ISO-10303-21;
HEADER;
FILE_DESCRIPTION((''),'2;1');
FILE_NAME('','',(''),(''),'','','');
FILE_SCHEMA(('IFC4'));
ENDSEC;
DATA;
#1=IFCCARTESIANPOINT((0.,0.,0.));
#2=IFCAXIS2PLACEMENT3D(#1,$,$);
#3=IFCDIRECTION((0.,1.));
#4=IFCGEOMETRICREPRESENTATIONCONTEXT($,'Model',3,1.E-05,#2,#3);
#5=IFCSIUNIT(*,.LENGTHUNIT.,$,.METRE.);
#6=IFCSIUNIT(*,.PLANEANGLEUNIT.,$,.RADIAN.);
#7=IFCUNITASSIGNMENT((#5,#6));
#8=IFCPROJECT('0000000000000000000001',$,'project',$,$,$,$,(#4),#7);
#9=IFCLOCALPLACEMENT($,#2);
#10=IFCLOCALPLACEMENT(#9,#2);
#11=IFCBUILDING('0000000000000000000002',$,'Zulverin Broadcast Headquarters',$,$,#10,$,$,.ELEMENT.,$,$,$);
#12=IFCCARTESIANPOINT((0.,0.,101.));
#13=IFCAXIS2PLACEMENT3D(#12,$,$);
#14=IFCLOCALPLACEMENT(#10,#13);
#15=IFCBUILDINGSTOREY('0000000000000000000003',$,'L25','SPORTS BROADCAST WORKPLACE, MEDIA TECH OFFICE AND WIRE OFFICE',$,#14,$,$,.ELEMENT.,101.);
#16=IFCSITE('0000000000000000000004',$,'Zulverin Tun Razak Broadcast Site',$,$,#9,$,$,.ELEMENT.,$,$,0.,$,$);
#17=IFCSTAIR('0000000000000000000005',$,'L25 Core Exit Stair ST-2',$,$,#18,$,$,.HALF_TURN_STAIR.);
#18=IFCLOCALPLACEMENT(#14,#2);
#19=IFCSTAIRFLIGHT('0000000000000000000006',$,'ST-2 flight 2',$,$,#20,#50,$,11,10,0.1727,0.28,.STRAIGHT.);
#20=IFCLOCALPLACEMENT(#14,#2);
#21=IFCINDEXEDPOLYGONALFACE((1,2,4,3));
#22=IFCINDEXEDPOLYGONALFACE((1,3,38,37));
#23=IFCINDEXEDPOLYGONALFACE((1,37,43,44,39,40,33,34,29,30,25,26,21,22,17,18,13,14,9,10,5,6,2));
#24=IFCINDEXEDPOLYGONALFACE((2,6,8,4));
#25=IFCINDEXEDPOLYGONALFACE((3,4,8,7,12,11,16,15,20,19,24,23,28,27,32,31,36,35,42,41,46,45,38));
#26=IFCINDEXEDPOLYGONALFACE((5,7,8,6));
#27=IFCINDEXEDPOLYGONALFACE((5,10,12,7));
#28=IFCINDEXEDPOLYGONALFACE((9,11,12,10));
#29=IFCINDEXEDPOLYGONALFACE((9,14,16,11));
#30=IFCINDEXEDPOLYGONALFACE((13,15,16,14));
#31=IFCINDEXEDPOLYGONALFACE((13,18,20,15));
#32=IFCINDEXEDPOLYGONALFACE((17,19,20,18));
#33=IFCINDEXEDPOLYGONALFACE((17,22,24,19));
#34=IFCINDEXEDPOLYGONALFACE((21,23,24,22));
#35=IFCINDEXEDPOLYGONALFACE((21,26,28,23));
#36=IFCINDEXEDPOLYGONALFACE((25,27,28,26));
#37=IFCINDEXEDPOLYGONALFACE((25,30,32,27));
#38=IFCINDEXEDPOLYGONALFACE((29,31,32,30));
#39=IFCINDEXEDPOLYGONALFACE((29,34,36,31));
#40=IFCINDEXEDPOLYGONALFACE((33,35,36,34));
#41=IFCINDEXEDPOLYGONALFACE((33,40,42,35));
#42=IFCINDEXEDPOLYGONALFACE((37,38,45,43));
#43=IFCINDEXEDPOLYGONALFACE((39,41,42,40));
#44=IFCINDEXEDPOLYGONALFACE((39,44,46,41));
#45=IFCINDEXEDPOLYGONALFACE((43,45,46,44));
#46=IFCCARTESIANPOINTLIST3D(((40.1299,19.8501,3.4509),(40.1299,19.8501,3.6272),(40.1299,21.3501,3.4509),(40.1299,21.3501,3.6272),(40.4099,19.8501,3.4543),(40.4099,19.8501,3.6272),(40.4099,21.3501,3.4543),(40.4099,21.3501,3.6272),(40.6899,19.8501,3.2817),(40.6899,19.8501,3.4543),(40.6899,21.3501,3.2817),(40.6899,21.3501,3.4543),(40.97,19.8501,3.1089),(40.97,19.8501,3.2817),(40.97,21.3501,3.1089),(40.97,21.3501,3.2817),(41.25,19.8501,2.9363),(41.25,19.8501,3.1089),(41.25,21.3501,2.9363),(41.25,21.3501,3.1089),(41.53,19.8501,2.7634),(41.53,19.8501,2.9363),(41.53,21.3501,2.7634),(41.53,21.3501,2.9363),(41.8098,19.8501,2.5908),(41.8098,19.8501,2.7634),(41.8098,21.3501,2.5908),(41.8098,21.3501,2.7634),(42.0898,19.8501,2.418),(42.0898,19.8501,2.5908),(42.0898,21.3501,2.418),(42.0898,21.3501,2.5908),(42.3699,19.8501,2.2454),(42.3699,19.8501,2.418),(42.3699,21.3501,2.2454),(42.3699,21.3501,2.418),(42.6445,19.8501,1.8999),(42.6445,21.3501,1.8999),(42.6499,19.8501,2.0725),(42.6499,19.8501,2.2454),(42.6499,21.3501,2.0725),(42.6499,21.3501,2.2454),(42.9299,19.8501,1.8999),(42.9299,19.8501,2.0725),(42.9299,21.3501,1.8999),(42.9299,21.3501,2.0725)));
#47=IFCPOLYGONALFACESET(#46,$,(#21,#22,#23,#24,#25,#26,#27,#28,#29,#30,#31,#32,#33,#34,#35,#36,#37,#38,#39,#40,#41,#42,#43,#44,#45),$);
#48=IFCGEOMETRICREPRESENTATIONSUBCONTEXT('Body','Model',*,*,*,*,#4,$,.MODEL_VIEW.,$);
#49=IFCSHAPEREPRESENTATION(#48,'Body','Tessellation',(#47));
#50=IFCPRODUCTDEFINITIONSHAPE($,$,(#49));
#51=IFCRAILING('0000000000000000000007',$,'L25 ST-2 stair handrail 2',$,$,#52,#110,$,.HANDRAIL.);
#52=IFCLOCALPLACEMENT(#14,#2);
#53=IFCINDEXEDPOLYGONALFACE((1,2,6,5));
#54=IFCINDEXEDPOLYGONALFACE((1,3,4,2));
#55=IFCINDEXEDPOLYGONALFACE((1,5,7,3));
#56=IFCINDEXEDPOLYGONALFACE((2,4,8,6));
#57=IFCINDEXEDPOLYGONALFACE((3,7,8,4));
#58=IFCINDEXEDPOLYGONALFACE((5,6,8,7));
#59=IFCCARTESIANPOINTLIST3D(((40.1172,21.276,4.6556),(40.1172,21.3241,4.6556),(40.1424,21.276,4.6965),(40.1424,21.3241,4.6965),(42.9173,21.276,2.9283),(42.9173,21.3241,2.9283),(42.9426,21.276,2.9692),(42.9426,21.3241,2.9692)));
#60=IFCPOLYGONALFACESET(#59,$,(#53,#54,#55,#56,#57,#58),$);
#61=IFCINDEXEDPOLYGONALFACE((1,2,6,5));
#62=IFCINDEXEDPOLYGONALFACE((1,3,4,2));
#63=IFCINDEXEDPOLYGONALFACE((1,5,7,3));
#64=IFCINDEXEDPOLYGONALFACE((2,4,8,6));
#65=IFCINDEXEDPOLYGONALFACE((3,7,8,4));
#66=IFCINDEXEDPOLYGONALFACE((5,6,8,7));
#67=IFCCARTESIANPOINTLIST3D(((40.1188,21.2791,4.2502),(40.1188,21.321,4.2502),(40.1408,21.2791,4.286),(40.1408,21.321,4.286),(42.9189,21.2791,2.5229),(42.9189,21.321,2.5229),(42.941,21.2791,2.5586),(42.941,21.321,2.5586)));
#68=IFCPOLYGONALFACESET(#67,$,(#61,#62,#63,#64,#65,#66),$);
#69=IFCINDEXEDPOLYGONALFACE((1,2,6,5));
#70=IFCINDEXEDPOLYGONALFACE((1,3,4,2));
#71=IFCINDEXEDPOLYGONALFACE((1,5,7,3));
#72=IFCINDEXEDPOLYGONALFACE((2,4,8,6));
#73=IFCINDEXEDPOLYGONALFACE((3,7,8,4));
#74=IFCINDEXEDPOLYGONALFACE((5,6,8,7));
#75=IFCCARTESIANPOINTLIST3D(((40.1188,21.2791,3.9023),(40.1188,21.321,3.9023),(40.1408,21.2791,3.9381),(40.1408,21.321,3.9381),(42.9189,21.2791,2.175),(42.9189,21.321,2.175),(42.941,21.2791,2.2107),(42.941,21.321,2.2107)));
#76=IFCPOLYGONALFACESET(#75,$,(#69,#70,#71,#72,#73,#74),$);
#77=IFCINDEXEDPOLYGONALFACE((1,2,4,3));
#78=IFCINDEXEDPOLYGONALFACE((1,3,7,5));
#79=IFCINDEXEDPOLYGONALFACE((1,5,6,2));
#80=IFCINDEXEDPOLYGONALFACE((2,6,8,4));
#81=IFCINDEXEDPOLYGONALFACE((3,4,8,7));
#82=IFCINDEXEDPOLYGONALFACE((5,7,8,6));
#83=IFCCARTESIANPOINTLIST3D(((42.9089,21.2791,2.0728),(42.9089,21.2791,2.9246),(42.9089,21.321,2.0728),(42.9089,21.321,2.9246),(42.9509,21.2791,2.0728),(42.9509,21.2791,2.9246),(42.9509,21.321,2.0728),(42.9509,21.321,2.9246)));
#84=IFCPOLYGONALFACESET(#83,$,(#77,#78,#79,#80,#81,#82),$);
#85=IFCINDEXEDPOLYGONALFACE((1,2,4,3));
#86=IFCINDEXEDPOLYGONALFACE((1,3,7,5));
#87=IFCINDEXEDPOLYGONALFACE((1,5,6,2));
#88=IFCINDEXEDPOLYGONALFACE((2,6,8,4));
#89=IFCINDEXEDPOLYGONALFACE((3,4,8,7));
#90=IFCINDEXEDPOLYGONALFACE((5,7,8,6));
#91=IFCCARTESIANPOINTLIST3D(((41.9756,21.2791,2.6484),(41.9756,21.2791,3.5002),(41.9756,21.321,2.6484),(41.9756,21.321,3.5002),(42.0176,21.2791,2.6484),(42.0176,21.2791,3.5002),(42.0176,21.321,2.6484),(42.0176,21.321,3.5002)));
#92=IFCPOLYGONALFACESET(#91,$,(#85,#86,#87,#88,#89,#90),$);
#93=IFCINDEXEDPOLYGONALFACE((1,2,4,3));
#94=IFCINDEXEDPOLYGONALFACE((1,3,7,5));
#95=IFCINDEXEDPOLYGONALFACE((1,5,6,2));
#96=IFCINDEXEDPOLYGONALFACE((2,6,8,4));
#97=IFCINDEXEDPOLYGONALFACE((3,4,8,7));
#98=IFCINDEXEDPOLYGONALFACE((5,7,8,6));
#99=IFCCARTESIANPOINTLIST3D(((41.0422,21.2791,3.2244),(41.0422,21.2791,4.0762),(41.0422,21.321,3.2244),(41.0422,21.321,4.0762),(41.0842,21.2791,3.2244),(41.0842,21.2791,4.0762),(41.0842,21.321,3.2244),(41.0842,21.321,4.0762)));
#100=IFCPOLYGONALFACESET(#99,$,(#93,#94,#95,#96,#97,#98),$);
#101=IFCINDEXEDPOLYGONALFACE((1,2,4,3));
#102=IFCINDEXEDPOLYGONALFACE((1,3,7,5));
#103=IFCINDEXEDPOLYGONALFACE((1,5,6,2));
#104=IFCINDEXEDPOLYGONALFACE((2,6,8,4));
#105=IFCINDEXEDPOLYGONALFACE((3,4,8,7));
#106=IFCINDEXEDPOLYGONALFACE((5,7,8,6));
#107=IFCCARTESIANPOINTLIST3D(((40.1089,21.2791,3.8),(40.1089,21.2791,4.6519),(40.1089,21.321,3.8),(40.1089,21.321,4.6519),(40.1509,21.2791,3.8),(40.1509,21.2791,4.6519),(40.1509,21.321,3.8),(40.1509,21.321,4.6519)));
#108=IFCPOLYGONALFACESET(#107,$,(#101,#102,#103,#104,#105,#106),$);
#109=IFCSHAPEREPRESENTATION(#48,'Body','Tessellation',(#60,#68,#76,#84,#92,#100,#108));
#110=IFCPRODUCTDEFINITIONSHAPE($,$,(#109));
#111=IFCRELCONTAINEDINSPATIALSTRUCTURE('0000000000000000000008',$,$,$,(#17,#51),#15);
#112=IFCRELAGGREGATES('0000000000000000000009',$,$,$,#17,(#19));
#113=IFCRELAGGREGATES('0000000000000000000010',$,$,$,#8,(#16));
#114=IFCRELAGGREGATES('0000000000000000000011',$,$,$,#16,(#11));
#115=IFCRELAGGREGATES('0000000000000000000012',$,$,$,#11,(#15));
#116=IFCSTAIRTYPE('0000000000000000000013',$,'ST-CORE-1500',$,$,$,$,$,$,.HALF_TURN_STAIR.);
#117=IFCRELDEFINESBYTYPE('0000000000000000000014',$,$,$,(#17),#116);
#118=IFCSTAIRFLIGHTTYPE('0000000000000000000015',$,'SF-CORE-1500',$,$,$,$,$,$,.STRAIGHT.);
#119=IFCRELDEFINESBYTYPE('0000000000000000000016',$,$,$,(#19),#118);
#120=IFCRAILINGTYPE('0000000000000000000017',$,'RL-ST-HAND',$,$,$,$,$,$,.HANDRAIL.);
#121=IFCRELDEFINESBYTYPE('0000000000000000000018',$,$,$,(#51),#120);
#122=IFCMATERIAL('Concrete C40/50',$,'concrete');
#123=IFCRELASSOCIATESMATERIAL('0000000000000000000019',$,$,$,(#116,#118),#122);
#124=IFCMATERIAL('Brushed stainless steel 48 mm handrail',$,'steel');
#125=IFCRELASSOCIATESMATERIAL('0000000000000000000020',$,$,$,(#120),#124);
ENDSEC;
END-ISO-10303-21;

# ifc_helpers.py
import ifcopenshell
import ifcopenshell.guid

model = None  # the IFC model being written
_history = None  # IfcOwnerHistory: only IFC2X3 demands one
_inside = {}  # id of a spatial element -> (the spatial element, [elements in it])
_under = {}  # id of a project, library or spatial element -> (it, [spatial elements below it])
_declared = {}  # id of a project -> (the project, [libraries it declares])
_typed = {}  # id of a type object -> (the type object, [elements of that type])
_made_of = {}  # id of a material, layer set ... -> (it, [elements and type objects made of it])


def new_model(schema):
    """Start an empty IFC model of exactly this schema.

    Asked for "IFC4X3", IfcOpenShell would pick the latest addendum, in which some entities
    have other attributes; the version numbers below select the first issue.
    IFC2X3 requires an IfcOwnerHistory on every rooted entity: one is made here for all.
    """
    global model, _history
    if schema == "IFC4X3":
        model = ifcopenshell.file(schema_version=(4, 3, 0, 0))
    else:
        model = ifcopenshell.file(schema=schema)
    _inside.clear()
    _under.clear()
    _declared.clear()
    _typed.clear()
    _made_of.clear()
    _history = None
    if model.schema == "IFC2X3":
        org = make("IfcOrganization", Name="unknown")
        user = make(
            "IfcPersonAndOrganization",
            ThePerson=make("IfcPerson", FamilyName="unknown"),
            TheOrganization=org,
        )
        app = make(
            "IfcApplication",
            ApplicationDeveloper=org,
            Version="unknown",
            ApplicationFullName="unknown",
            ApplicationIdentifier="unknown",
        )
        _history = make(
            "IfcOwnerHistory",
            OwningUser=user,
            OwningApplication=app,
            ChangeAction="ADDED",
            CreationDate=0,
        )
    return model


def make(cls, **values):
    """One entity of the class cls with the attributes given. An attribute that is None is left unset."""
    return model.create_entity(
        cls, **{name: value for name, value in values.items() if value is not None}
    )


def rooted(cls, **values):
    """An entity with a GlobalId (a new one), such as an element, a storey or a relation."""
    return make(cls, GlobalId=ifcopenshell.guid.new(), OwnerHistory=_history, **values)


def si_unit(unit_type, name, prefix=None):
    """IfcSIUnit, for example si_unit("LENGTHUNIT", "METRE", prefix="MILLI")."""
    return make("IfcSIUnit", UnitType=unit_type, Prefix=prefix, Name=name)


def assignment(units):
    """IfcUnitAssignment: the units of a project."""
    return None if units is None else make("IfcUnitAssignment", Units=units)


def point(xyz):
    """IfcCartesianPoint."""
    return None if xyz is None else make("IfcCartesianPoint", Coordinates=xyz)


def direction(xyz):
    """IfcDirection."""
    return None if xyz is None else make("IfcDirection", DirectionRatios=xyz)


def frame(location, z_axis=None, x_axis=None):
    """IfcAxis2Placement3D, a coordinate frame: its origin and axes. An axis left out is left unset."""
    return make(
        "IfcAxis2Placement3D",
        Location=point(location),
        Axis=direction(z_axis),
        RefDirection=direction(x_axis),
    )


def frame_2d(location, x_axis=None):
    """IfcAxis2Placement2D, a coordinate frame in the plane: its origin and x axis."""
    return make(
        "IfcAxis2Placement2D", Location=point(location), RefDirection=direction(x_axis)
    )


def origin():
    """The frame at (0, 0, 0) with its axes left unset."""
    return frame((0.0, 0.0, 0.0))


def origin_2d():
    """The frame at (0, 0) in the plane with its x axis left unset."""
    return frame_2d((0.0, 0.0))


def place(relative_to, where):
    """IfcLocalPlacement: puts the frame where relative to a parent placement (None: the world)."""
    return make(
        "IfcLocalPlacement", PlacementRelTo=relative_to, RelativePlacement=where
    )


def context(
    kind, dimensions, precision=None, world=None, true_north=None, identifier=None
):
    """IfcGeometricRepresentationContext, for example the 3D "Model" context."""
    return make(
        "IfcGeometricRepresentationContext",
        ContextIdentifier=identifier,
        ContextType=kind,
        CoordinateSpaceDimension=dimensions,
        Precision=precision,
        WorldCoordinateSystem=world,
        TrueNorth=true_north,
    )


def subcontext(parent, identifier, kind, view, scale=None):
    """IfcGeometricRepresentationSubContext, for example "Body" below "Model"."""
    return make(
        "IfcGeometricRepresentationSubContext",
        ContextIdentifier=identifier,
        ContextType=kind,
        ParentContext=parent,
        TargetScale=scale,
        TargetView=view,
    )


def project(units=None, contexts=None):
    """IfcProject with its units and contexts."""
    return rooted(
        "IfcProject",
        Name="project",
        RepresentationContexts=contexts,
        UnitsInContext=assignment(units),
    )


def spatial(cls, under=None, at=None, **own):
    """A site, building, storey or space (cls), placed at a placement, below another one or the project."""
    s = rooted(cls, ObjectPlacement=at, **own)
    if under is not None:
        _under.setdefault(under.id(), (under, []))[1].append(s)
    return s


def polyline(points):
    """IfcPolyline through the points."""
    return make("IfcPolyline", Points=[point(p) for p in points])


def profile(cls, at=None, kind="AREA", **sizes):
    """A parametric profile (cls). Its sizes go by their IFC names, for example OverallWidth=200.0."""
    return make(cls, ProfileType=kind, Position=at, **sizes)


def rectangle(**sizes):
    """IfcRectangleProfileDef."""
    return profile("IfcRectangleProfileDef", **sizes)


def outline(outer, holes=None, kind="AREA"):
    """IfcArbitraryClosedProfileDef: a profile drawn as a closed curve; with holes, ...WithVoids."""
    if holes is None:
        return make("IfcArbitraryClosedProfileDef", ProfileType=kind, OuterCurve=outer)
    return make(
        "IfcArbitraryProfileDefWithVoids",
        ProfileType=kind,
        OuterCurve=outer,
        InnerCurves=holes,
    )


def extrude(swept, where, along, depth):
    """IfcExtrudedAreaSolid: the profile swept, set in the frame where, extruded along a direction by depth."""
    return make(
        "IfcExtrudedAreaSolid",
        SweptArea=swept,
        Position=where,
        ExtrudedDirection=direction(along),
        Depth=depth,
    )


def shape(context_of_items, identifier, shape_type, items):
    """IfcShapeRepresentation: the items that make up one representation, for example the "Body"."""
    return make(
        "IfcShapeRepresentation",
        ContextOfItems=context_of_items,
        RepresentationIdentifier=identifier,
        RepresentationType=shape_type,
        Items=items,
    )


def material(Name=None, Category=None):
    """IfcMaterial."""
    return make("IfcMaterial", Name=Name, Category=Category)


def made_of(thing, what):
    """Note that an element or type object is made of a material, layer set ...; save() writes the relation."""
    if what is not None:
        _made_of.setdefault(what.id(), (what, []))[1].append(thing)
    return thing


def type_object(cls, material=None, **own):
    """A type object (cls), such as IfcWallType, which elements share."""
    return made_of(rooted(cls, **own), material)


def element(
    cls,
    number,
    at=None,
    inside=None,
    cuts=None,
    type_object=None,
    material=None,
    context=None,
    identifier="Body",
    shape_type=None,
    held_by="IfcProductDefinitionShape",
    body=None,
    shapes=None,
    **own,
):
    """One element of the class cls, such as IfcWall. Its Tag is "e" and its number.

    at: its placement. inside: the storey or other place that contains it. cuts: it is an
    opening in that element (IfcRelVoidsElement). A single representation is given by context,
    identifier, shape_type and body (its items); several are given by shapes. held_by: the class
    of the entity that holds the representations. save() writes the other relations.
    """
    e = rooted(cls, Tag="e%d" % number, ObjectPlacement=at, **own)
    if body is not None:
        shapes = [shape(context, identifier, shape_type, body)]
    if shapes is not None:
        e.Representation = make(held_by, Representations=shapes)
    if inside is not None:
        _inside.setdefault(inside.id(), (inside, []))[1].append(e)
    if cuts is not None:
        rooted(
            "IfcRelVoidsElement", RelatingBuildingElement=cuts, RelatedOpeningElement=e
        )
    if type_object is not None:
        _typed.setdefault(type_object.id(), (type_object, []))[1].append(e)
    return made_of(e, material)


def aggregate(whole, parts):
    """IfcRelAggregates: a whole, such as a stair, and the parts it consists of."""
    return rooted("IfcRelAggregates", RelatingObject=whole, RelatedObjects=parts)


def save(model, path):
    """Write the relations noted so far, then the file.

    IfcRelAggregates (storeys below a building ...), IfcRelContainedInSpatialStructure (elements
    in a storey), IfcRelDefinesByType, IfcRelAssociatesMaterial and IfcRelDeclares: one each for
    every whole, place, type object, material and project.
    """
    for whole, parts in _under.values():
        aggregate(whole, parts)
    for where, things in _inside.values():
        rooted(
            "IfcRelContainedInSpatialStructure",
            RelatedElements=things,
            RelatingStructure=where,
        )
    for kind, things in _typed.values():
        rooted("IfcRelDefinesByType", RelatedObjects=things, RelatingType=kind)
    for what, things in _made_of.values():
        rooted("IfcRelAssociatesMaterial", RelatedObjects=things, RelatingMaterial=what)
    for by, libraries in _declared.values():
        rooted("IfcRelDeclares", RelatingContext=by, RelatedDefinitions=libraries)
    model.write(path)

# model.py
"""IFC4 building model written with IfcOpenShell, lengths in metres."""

from ifc_helpers import new_model, si_unit, direction, frame, origin, origin_2d, place, context, subcontext, project, spatial, polyline, rectangle, outline, extrude, material, type_object, element, aggregate, save


model = new_model("IFC4")

# Units and contexts
model_context = context("Model", 3, precision=1e-05, world=origin(), true_north=direction((0.0, 1.0)))
body_context = subcontext(model_context, "Body", "Model", "MODEL_VIEW")
ifc_project = project(units=[si_unit("LENGTHUNIT", "METRE"), si_unit("PLANEANGLEUNIT", "RADIAN")], contexts=[model_context])

# Site, building, storey
site_placement = place(None, origin())
site = spatial("IfcSite", under=ifc_project, at=site_placement, Name="Zulverin Tun Razak Broadcast Site", CompositionType="ELEMENT", RefElevation=0.0)
building_placement = place(site_placement, origin())
building = spatial("IfcBuilding", under=site, at=building_placement, Name="Zulverin Broadcast Headquarters", CompositionType="ELEMENT")
storey_placement = place(building_placement, frame((0.0, 0.0, 101.0)))
storey = spatial("IfcBuildingStorey", under=building, at=storey_placement, Name="L25", Description="SPORTS BROADCAST WORKPLACE, MEDIA TECH OFFICE AND WIRE OFFICE", CompositionType="ELEMENT", Elevation=101.0)

# Shared definitions
ifc_material_1 = material(Name="Concrete C40/50", Category="concrete")

# Stair, stair flight
stair_type = type_object("IfcStairType", Name="ST-CORE-1500", PredefinedType="HALF_TURN_STAIR", material=ifc_material_1)
stair_placement = place(storey_placement, origin())
stair = element("IfcStair", 1, at=stair_placement, inside=storey, type_object=stair_type, Name="L25 Core Exit Stair ST-2", PredefinedType="HALF_TURN_STAIR")
stair_flight_type = type_object("IfcStairFlightType", Name="SF-CORE-1500", PredefinedType="STRAIGHT", material=ifc_material_1)
stair_flight_placement = place(storey_placement, frame((42.9299, 20.6001, 1.8999), z_axis=(0.0, 0.0, 1.0), x_axis=(-1.0, 0.0, 0.0)))
stair_flight = element("IfcStairFlight", 2, at=stair_flight_placement, type_object=stair_flight_type, Name="ST-2 flight 2", NumberOfRisers=11, NumberOfTreads=10, PredefinedType="STRAIGHT", RiserHeight=0.1727, TreadLength=0.28, context=body_context, shape_type="SweptSolid", body=[
    extrude(outline(polyline([(0.0, 0.0), (0.0, 0.1726), (0.28, 0.1726), (0.28, 0.3455), (0.5601, 0.3455), (0.5601, 0.5181), (0.8401, 0.5181), (0.8401, 0.6909), (1.1201, 0.6909), (1.1201, 0.8635), (1.3999, 0.8635), (1.3999, 1.0364), (1.6799, 1.0364), (1.6799, 1.209), (1.96, 1.209), (1.96, 1.3818), (2.24, 1.3818), (2.24, 1.5544), (2.52, 1.5544), (2.52, 1.7273), (2.8, 1.7273), (2.8, 1.8999), (2.8, 1.551), (0.2854, 0.0), (0.0, 0.0)])), frame((0.0, 0.75, 0.0), z_axis=(0.0, -1.0, 0.0), x_axis=(1.0, 0.0, 0.0)), (0.0, 0.0, 1.0), 1.5),
])
aggregate(stair, [stair_flight])

# Railing
ifc_material_2 = material(Name="Brushed stainless steel 48 mm handrail", Category="steel")
railing_type = type_object("IfcRailingType", Name="RL-ST-HAND", PredefinedType="HANDRAIL", material=ifc_material_2)
railing_placement = place(storey_placement, frame((42.9299, 21.3, 2.0728)))
element("IfcRailing", 3, at=railing_placement, inside=storey, type_object=railing_type, Name="L25 ST-2 stair handrail 2", PredefinedType="HANDRAIL", context=body_context, shape_type="SweptSolid", body=[
    extrude(rectangle(XDim=0.0481, YDim=0.0481, at=origin_2d()), frame((0.0, 0.0, 0.876), z_axis=(-0.85109, 0.0, 0.52502), x_axis=(0.0, -1.0, 0.0)), (0.0, 0.0, 1.0), 3.29),
    extrude(rectangle(XDim=0.042, YDim=0.042, at=origin_2d()), frame((0.0, 0.0, 0.468), z_axis=(-0.85109, 0.0, 0.52502), x_axis=(0.0, -1.0, 0.0)), (0.0, 0.0, 1.0), 3.29),
    extrude(rectangle(XDim=0.042, YDim=0.042, at=origin_2d()), frame((0.0, 0.0, 0.1201), z_axis=(-0.85109, 0.0, 0.52502), x_axis=(0.0, -1.0, 0.0)), (0.0, 0.0, 1.0), 3.29),
    extrude(rectangle(XDim=0.042, YDim=0.042, at=origin_2d()), origin(), (0.0, 0.0, 1.0), 0.8518),
    extrude(rectangle(XDim=0.042, YDim=0.042, at=origin_2d()), frame((-0.9333, 0.0, 0.5757)), (0.0, 0.0, 1.0), 0.8518),
    extrude(rectangle(XDim=0.042, YDim=0.042, at=origin_2d()), frame((-1.8667, 0.0, 1.1516)), (0.0, 0.0, 1.0), 0.8518),
    extrude(rectangle(XDim=0.042, YDim=0.042, at=origin_2d()), frame((-2.8, 0.0, 1.7273)), (0.0, 0.0, 1.0), 0.8518),
])

save(model, "model.ifc")
